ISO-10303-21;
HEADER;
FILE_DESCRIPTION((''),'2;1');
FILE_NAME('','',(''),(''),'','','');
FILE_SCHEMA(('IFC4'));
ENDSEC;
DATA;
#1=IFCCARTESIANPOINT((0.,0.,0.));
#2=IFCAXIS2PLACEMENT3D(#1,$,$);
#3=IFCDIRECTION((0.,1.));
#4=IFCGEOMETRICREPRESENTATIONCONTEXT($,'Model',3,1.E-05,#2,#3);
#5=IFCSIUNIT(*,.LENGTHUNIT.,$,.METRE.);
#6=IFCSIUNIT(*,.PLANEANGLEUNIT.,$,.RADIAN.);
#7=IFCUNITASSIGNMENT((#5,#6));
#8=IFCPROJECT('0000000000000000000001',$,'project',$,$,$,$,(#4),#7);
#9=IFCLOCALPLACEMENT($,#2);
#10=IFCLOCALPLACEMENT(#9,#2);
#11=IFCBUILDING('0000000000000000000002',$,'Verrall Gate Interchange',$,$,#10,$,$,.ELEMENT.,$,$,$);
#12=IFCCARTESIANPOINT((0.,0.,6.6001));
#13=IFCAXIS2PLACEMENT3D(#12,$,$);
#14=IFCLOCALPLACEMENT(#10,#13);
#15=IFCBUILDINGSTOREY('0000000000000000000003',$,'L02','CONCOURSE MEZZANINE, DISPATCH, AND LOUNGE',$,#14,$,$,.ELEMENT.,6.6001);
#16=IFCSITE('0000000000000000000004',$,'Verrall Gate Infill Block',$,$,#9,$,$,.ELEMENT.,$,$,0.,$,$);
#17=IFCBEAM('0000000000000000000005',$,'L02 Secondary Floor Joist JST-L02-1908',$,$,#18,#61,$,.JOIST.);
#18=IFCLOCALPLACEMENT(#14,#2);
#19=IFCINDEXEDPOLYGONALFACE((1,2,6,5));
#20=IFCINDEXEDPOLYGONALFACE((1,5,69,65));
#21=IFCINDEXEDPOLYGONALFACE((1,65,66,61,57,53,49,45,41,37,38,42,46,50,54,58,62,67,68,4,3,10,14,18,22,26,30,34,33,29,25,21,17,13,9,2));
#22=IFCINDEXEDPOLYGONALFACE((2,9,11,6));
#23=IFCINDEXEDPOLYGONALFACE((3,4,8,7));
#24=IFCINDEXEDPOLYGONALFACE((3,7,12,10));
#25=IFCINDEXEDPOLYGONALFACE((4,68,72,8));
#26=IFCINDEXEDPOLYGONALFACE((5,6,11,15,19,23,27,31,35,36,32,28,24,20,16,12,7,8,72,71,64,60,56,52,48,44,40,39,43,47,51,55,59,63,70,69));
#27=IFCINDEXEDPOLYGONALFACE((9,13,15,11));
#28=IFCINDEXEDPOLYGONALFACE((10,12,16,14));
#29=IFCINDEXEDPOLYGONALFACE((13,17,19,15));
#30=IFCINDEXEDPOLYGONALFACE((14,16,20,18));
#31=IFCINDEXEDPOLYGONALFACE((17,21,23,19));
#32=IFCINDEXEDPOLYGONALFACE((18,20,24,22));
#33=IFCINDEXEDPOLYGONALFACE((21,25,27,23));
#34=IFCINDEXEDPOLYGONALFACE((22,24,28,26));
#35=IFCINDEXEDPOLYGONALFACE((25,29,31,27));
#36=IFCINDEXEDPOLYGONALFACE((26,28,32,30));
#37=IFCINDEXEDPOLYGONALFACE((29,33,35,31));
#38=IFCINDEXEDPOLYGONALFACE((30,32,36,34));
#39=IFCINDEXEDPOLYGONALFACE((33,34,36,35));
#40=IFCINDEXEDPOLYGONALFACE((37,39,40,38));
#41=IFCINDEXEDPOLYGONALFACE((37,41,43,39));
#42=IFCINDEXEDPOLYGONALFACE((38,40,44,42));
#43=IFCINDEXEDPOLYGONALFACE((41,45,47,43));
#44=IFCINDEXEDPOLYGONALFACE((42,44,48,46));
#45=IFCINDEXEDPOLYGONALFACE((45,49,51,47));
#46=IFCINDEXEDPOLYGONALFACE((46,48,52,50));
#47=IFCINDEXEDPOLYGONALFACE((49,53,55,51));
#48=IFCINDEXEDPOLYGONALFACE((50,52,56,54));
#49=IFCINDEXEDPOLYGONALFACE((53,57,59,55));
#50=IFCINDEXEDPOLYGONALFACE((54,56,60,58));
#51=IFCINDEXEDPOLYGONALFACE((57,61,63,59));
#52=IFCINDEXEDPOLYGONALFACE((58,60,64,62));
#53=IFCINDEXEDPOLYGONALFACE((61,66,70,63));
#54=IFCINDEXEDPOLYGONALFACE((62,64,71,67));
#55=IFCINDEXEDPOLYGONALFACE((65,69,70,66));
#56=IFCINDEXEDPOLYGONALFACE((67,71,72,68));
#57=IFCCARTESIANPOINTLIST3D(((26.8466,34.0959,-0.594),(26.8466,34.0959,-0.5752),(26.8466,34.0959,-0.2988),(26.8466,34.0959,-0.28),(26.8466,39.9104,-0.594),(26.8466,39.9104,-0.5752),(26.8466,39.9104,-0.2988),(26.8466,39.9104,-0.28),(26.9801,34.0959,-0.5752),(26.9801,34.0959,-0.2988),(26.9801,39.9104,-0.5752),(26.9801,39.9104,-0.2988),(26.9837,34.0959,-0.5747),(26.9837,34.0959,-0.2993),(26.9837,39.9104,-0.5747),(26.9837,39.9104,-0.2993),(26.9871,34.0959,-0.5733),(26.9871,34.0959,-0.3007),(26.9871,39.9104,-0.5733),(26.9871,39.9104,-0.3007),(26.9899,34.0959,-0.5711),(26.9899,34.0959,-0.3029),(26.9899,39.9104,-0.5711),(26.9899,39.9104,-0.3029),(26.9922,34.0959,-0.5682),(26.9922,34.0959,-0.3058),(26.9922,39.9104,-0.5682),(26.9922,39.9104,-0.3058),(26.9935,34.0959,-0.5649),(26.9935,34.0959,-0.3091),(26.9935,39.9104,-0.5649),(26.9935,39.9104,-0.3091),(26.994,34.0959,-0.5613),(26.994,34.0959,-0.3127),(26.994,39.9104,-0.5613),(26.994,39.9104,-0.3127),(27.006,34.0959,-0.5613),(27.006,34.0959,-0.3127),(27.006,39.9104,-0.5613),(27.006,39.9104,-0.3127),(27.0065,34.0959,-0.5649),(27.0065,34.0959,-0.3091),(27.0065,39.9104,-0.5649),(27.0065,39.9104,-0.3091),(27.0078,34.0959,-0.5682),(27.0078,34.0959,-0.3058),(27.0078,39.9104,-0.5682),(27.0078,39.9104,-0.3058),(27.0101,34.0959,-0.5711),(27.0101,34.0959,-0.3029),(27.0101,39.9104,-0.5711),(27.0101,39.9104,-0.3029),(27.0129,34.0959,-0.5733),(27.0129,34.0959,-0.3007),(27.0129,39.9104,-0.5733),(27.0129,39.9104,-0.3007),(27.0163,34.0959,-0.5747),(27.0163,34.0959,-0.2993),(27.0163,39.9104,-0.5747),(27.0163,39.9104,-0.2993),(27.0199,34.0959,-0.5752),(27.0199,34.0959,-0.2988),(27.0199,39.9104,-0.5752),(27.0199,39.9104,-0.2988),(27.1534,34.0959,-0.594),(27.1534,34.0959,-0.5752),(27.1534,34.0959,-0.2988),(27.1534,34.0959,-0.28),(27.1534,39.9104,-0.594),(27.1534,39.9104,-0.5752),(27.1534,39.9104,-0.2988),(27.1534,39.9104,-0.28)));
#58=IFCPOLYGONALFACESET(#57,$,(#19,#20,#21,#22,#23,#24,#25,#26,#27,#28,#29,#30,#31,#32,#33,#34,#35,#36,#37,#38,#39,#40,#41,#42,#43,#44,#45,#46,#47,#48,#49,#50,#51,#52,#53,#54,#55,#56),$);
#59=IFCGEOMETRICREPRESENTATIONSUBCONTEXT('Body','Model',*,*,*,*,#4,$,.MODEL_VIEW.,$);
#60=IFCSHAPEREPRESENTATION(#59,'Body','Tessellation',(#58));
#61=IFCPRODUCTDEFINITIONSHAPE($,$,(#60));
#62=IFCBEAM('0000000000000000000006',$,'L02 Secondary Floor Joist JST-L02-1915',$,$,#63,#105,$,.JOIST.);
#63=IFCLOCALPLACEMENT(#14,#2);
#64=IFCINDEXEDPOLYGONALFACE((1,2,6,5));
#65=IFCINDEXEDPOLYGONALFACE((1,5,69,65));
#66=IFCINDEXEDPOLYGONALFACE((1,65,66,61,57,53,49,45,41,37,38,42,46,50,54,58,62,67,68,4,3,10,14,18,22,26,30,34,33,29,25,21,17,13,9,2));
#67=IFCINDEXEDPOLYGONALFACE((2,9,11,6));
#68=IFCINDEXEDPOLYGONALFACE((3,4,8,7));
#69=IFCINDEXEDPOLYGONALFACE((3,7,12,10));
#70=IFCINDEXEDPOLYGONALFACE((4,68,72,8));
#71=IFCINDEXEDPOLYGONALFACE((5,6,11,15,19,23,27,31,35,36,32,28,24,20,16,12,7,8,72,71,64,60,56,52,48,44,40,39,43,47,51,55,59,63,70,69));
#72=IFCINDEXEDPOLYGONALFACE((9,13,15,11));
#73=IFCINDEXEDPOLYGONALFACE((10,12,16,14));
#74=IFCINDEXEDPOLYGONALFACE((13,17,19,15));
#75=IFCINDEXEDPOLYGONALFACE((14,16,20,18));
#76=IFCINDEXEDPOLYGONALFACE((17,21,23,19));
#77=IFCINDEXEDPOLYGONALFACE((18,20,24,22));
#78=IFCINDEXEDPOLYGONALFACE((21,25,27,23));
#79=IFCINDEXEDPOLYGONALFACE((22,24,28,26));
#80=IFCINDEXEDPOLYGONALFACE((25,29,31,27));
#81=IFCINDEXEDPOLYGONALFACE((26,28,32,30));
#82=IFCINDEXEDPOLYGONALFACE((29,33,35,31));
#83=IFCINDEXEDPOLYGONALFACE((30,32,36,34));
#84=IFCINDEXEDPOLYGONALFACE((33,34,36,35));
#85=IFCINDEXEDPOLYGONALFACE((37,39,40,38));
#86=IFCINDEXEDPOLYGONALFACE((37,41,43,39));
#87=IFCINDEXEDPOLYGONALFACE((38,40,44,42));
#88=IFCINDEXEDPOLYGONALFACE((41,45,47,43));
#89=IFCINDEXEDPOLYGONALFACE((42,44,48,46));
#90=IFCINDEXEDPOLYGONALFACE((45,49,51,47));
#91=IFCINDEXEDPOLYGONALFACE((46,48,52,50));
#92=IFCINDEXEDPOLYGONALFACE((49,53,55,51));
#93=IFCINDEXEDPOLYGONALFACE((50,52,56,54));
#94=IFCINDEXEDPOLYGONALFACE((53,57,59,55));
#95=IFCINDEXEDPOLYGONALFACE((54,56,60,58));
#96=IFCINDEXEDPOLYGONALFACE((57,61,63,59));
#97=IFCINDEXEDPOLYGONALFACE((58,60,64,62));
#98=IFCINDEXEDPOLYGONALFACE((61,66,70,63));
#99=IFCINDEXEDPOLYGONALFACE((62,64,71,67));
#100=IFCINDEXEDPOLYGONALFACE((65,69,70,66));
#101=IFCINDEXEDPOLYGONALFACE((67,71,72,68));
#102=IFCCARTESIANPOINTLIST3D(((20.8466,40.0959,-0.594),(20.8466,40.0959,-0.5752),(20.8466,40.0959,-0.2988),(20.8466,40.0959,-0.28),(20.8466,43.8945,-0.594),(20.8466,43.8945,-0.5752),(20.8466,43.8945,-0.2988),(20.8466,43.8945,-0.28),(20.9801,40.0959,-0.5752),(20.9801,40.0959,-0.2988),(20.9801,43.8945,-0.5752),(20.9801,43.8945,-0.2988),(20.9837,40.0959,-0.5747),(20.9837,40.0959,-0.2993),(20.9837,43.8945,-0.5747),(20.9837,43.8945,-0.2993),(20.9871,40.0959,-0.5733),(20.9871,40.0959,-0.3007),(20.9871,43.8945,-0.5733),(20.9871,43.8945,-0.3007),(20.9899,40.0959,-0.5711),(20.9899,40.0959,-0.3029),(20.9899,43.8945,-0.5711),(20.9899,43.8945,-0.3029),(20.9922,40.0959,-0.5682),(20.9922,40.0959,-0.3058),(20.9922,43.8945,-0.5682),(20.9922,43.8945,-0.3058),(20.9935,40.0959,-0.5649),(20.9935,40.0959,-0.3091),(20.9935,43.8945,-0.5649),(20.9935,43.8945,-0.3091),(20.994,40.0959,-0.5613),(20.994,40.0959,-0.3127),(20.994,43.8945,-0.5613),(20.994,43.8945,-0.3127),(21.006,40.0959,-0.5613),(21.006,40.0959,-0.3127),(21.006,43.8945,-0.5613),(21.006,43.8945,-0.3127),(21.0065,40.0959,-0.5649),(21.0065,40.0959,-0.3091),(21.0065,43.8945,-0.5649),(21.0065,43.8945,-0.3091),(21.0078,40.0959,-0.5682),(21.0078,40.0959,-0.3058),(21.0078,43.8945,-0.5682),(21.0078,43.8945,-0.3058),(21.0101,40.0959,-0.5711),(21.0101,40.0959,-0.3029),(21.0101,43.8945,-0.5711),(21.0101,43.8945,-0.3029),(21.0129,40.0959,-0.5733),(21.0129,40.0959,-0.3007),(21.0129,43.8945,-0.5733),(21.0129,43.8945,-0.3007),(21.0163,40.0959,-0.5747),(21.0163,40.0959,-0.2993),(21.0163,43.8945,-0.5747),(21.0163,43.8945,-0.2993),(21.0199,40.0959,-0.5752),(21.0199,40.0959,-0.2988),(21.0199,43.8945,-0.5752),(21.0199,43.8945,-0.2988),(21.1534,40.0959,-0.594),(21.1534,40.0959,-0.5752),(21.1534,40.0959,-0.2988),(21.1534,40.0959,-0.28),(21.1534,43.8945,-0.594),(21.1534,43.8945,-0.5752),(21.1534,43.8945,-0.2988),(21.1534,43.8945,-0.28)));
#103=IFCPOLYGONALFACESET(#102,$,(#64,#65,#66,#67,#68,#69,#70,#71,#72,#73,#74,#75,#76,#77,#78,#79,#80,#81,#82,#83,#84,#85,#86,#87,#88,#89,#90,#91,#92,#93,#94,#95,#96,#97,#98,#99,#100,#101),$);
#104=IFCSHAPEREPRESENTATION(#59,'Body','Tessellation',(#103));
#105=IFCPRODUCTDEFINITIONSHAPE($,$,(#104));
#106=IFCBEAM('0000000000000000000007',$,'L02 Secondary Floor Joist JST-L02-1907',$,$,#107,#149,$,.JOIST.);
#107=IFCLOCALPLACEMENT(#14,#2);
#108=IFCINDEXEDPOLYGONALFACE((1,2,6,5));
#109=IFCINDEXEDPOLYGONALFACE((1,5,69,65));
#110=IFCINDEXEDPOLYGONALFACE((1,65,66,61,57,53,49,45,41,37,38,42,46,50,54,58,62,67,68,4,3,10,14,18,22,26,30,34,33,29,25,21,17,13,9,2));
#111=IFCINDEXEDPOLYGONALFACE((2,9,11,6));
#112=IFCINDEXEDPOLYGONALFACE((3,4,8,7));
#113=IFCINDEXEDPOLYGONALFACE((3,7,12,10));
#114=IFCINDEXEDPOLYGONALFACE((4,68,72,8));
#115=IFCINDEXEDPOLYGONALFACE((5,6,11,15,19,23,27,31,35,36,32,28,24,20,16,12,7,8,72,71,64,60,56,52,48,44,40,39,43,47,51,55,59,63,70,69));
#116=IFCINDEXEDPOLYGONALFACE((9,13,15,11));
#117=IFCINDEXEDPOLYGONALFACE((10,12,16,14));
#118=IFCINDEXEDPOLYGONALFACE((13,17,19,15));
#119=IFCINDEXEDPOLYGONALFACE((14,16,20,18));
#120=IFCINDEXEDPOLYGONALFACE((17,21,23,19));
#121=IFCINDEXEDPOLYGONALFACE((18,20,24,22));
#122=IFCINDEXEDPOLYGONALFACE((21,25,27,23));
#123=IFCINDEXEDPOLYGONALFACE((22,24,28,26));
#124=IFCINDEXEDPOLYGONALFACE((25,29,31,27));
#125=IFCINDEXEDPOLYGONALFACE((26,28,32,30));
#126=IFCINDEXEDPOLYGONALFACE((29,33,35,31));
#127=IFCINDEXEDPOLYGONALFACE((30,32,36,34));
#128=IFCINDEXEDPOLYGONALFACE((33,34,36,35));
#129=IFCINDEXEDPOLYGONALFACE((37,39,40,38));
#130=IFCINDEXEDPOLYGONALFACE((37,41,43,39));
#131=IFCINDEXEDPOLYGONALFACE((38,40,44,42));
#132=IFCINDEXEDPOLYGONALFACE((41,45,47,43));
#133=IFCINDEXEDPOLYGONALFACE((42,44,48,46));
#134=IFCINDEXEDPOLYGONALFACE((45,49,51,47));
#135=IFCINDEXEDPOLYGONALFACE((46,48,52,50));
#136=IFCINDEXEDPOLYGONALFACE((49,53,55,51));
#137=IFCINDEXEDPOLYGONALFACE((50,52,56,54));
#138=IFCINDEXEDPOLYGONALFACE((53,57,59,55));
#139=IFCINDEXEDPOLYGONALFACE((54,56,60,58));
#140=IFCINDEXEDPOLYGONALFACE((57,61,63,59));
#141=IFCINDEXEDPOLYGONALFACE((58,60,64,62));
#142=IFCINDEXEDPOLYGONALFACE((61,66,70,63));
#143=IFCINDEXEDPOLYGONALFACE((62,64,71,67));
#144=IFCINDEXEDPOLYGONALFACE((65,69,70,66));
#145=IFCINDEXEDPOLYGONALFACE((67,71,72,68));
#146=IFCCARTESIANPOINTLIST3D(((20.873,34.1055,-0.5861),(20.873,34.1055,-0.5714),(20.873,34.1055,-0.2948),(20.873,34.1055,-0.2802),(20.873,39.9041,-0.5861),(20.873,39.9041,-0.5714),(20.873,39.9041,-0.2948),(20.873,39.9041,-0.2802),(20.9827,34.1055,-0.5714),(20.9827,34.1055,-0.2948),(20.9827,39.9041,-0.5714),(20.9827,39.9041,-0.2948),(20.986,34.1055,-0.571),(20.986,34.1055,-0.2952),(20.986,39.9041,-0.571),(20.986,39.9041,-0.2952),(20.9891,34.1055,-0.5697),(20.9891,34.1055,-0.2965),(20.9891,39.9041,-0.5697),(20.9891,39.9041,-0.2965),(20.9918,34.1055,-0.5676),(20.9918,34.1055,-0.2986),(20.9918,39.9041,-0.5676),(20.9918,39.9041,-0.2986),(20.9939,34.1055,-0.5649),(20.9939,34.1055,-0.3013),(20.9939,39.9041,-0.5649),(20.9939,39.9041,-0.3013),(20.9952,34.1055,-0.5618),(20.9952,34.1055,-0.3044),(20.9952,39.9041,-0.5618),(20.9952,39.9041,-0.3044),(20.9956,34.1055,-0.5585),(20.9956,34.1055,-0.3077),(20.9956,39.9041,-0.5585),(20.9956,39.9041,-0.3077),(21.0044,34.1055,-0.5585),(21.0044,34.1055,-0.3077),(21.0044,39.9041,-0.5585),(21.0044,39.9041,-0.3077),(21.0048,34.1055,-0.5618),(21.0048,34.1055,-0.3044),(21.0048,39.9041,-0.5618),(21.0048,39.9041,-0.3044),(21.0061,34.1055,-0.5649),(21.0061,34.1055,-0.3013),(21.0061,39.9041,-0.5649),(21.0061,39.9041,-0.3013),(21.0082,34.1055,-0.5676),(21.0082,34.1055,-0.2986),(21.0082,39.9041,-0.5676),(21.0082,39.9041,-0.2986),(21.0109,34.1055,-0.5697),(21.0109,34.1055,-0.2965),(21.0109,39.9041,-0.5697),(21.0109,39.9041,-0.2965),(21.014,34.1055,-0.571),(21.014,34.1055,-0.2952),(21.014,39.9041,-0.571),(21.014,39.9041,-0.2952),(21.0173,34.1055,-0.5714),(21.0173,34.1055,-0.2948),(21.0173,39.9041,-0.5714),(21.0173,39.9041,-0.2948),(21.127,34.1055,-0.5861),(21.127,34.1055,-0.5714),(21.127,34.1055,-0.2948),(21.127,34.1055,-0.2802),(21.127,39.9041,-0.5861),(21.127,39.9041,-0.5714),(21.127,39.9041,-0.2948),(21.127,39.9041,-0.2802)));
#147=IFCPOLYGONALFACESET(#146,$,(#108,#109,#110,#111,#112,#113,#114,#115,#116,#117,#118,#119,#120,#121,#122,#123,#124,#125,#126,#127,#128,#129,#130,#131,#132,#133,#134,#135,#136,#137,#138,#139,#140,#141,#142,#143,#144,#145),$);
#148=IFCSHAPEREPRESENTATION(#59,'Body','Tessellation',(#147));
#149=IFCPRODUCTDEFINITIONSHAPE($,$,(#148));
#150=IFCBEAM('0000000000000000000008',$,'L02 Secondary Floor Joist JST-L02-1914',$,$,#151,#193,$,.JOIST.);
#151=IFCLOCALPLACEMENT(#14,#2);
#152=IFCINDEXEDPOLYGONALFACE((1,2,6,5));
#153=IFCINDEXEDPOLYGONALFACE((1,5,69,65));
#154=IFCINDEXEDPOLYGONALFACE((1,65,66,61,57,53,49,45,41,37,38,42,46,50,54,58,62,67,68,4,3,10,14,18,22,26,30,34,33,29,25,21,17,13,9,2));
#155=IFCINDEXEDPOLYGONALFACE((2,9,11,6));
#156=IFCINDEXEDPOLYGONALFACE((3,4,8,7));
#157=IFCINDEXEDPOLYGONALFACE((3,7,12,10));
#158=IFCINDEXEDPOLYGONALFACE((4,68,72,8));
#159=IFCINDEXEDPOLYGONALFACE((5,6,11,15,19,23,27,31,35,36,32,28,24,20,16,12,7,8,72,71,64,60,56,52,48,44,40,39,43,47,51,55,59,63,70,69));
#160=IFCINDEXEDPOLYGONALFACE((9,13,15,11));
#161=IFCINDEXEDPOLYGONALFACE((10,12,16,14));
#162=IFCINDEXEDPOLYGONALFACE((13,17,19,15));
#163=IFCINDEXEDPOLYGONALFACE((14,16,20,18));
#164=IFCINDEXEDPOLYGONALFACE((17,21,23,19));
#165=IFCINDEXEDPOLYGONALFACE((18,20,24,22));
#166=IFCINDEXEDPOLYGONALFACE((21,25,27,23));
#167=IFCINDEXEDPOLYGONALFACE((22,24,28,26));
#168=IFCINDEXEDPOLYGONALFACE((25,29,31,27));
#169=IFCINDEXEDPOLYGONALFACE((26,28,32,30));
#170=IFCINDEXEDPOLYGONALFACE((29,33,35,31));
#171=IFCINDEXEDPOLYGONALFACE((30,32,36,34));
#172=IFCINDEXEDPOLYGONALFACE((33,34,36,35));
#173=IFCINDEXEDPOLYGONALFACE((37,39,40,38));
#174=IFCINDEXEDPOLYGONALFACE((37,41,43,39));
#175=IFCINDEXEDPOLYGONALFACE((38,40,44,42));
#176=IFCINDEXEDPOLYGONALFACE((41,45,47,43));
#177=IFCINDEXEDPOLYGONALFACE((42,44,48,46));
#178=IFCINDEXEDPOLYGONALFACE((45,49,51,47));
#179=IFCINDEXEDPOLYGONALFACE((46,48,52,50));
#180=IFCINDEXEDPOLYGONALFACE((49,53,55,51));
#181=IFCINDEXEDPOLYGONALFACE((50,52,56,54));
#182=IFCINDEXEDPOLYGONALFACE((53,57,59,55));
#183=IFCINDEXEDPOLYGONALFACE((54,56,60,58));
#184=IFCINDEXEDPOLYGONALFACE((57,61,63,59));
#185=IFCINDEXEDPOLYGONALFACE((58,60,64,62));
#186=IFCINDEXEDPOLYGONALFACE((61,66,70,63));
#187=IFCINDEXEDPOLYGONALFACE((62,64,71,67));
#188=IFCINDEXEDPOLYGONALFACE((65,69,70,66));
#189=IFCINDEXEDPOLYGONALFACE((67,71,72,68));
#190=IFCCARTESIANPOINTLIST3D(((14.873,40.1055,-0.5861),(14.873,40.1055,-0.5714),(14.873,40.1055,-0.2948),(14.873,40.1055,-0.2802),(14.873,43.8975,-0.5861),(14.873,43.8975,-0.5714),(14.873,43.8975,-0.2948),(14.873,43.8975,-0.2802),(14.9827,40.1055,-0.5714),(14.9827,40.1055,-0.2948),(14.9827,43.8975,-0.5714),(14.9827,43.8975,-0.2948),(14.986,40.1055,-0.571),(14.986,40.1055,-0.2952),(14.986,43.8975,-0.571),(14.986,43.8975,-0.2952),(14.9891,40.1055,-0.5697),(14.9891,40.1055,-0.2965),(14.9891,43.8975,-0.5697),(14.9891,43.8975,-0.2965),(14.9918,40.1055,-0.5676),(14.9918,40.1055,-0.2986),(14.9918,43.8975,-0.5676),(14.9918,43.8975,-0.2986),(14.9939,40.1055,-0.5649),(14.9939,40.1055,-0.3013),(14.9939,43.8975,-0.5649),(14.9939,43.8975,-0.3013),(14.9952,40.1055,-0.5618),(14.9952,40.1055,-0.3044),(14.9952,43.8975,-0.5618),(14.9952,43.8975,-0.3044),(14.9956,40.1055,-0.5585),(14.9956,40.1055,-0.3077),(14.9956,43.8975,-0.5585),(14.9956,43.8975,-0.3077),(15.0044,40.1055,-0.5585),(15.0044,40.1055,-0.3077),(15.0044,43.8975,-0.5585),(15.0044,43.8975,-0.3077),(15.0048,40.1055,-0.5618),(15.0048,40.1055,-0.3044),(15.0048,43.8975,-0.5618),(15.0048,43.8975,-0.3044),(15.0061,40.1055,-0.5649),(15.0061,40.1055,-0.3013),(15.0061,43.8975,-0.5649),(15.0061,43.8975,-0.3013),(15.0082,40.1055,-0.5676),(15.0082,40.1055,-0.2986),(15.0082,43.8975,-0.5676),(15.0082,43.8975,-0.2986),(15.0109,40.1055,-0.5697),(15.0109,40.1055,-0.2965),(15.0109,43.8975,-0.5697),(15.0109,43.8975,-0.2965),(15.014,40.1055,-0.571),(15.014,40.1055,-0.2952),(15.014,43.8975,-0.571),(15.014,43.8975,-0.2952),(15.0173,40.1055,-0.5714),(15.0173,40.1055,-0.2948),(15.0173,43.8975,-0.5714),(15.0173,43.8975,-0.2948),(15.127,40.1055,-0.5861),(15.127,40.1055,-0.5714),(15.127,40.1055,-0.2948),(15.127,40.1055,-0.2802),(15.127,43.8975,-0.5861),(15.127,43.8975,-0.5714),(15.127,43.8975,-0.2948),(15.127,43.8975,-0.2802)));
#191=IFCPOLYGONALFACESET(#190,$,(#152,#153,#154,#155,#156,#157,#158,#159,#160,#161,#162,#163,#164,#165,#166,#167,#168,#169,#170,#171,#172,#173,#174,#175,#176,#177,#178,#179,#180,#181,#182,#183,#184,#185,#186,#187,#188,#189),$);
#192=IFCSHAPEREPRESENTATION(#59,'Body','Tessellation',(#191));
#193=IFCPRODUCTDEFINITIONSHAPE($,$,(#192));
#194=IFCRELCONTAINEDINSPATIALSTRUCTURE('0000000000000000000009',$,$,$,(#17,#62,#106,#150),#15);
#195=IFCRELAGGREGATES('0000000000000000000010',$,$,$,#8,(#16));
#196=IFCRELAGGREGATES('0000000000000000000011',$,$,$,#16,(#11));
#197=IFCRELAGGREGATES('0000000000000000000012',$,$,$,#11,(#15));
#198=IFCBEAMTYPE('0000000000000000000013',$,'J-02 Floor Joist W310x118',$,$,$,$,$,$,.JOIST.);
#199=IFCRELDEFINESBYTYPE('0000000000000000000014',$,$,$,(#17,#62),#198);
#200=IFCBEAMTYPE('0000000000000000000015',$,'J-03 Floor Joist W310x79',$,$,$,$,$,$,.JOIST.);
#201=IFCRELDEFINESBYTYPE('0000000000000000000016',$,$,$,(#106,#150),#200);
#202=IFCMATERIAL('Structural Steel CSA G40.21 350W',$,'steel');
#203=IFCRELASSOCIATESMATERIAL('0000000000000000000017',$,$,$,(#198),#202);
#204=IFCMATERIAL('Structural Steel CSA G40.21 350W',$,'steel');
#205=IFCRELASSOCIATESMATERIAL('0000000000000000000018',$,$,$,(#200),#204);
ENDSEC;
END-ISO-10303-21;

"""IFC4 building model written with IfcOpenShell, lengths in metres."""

from ifc_helpers import new_model, si_unit, direction, frame, origin, origin_2d, place, context, subcontext, project, spatial, i_section, extrude, material, material_profile, profile_set, type_object, element, save


model = new_model("IFC4")

# Units and contexts
model_context = context("Model", 3, precision=1e-05, world=origin(), true_north=direction((0.0, 1.0)))
body_context = subcontext(model_context, "Body", "Model", "MODEL_VIEW")
ifc_project = project(units=[si_unit("LENGTHUNIT", "METRE"), si_unit("PLANEANGLEUNIT", "RADIAN")], contexts=[model_context])

# Site, building, storey
site_placement = place(None, origin())
site = spatial("IfcSite", under=ifc_project, at=site_placement, Name="Verrall Gate Infill Block", CompositionType="ELEMENT", RefElevation=0.0)
building_placement = place(site_placement, origin())
building = spatial("IfcBuilding", under=site, at=building_placement, Name="Verrall Gate Interchange", CompositionType="ELEMENT")
storey_placement = place(building_placement, frame((0.0, 0.0, 6.6001)))
storey = spatial("IfcBuildingStorey", under=building, at=storey_placement, Name="L02", Description="CONCOURSE MEZZANINE, DISPATCH, AND LOUNGE", CompositionType="ELEMENT", Elevation=6.6001)

# Beams
ifc_material_1 = material(Name="Structural Steel CSA G40.21 350W", Category="steel")
ifc_material_profile_1 = material_profile(ifc_material_1, i_section(OverallWidth=0.3069, OverallDepth=0.314, WebThickness=0.012, FlangeThickness=0.0188, FilletRadius=0.0139, at=origin_2d()), Name="W310x118")
ifc_profile_set_1 = profile_set([ifc_material_profile_1], Name="Structural Steel CSA G40.21 350W")
beam_type_1 = type_object("IfcBeamType", Name="J-02 Floor Joist W310x118", PredefinedType="JOIST", material=ifc_profile_set_1)
beam_1_placement = place(storey_placement, frame((27.0, 34.0959, -0.437), z_axis=(0.0, 1.0, 0.0), x_axis=(-1.0, 0.0, 0.0)))
element("IfcBeam", 1, at=beam_1_placement, inside=storey, type_object=beam_type_1, Name="L02 Secondary Floor Joist JST-L02-1908", PredefinedType="JOIST", context=body_context, shape_type="SweptSolid", body=[
    extrude(i_section(OverallWidth=0.3069, OverallDepth=0.314, WebThickness=0.012, FlangeThickness=0.0188, FilletRadius=0.0139, at=origin_2d()), origin(), (0.0, 0.0, 1.0), 5.8145),
])
beam_2_placement = place(storey_placement, frame((21.0, 40.0959, -0.437), z_axis=(0.0, 1.0, 0.0), x_axis=(-1.0, 0.0, 0.0)))
element("IfcBeam", 2, at=beam_2_placement, inside=storey, type_object=beam_type_1, Name="L02 Secondary Floor Joist JST-L02-1915", PredefinedType="JOIST", context=body_context, shape_type="SweptSolid", body=[
    extrude(i_section(OverallWidth=0.3069, OverallDepth=0.314, WebThickness=0.012, FlangeThickness=0.0188, FilletRadius=0.0139, at=origin_2d()), origin(), (0.0, 0.0, 1.0), 3.7986),
])
ifc_material_2 = material(Name="Structural Steel CSA G40.21 350W", Category="steel")
ifc_material_profile_2 = material_profile(ifc_material_2, i_section(OverallWidth=0.2539, OverallDepth=0.3059, WebThickness=0.0088, FlangeThickness=0.0146, FilletRadius=0.0129, at=origin_2d()), Name="W310x79")
ifc_profile_set_2 = profile_set([ifc_material_profile_2], Name="Structural Steel CSA G40.21 350W")
beam_type_2 = type_object("IfcBeamType", Name="J-03 Floor Joist W310x79", PredefinedType="JOIST", material=ifc_profile_set_2)
beam_3_placement = place(storey_placement, frame((21.0, 34.1055, -0.4331), z_axis=(0.0, 1.0, 0.0), x_axis=(-1.0, 0.0, 0.0)))
element("IfcBeam", 3, at=beam_3_placement, inside=storey, type_object=beam_type_2, Name="L02 Secondary Floor Joist JST-L02-1907", PredefinedType="JOIST", context=body_context, shape_type="SweptSolid", body=[
    extrude(i_section(OverallWidth=0.2539, OverallDepth=0.3059, WebThickness=0.0088, FlangeThickness=0.0146, FilletRadius=0.0129, at=origin_2d()), origin(), (0.0, 0.0, 1.0), 5.7986),
])
beam_4_placement = place(storey_placement, frame((15.0, 40.1055, -0.4331), z_axis=(0.0, 1.0, 0.0), x_axis=(-1.0, 0.0, 0.0)))
element("IfcBeam", 4, at=beam_4_placement, inside=storey, type_object=beam_type_2, Name="L02 Secondary Floor Joist JST-L02-1914", PredefinedType="JOIST", context=body_context, shape_type="SweptSolid", body=[
    extrude(i_section(OverallWidth=0.2539, OverallDepth=0.3059, WebThickness=0.0088, FlangeThickness=0.0146, FilletRadius=0.0129, at=origin_2d()), origin(), (0.0, 0.0, 1.0), 3.792),
])

save(model, "model.ifc")
